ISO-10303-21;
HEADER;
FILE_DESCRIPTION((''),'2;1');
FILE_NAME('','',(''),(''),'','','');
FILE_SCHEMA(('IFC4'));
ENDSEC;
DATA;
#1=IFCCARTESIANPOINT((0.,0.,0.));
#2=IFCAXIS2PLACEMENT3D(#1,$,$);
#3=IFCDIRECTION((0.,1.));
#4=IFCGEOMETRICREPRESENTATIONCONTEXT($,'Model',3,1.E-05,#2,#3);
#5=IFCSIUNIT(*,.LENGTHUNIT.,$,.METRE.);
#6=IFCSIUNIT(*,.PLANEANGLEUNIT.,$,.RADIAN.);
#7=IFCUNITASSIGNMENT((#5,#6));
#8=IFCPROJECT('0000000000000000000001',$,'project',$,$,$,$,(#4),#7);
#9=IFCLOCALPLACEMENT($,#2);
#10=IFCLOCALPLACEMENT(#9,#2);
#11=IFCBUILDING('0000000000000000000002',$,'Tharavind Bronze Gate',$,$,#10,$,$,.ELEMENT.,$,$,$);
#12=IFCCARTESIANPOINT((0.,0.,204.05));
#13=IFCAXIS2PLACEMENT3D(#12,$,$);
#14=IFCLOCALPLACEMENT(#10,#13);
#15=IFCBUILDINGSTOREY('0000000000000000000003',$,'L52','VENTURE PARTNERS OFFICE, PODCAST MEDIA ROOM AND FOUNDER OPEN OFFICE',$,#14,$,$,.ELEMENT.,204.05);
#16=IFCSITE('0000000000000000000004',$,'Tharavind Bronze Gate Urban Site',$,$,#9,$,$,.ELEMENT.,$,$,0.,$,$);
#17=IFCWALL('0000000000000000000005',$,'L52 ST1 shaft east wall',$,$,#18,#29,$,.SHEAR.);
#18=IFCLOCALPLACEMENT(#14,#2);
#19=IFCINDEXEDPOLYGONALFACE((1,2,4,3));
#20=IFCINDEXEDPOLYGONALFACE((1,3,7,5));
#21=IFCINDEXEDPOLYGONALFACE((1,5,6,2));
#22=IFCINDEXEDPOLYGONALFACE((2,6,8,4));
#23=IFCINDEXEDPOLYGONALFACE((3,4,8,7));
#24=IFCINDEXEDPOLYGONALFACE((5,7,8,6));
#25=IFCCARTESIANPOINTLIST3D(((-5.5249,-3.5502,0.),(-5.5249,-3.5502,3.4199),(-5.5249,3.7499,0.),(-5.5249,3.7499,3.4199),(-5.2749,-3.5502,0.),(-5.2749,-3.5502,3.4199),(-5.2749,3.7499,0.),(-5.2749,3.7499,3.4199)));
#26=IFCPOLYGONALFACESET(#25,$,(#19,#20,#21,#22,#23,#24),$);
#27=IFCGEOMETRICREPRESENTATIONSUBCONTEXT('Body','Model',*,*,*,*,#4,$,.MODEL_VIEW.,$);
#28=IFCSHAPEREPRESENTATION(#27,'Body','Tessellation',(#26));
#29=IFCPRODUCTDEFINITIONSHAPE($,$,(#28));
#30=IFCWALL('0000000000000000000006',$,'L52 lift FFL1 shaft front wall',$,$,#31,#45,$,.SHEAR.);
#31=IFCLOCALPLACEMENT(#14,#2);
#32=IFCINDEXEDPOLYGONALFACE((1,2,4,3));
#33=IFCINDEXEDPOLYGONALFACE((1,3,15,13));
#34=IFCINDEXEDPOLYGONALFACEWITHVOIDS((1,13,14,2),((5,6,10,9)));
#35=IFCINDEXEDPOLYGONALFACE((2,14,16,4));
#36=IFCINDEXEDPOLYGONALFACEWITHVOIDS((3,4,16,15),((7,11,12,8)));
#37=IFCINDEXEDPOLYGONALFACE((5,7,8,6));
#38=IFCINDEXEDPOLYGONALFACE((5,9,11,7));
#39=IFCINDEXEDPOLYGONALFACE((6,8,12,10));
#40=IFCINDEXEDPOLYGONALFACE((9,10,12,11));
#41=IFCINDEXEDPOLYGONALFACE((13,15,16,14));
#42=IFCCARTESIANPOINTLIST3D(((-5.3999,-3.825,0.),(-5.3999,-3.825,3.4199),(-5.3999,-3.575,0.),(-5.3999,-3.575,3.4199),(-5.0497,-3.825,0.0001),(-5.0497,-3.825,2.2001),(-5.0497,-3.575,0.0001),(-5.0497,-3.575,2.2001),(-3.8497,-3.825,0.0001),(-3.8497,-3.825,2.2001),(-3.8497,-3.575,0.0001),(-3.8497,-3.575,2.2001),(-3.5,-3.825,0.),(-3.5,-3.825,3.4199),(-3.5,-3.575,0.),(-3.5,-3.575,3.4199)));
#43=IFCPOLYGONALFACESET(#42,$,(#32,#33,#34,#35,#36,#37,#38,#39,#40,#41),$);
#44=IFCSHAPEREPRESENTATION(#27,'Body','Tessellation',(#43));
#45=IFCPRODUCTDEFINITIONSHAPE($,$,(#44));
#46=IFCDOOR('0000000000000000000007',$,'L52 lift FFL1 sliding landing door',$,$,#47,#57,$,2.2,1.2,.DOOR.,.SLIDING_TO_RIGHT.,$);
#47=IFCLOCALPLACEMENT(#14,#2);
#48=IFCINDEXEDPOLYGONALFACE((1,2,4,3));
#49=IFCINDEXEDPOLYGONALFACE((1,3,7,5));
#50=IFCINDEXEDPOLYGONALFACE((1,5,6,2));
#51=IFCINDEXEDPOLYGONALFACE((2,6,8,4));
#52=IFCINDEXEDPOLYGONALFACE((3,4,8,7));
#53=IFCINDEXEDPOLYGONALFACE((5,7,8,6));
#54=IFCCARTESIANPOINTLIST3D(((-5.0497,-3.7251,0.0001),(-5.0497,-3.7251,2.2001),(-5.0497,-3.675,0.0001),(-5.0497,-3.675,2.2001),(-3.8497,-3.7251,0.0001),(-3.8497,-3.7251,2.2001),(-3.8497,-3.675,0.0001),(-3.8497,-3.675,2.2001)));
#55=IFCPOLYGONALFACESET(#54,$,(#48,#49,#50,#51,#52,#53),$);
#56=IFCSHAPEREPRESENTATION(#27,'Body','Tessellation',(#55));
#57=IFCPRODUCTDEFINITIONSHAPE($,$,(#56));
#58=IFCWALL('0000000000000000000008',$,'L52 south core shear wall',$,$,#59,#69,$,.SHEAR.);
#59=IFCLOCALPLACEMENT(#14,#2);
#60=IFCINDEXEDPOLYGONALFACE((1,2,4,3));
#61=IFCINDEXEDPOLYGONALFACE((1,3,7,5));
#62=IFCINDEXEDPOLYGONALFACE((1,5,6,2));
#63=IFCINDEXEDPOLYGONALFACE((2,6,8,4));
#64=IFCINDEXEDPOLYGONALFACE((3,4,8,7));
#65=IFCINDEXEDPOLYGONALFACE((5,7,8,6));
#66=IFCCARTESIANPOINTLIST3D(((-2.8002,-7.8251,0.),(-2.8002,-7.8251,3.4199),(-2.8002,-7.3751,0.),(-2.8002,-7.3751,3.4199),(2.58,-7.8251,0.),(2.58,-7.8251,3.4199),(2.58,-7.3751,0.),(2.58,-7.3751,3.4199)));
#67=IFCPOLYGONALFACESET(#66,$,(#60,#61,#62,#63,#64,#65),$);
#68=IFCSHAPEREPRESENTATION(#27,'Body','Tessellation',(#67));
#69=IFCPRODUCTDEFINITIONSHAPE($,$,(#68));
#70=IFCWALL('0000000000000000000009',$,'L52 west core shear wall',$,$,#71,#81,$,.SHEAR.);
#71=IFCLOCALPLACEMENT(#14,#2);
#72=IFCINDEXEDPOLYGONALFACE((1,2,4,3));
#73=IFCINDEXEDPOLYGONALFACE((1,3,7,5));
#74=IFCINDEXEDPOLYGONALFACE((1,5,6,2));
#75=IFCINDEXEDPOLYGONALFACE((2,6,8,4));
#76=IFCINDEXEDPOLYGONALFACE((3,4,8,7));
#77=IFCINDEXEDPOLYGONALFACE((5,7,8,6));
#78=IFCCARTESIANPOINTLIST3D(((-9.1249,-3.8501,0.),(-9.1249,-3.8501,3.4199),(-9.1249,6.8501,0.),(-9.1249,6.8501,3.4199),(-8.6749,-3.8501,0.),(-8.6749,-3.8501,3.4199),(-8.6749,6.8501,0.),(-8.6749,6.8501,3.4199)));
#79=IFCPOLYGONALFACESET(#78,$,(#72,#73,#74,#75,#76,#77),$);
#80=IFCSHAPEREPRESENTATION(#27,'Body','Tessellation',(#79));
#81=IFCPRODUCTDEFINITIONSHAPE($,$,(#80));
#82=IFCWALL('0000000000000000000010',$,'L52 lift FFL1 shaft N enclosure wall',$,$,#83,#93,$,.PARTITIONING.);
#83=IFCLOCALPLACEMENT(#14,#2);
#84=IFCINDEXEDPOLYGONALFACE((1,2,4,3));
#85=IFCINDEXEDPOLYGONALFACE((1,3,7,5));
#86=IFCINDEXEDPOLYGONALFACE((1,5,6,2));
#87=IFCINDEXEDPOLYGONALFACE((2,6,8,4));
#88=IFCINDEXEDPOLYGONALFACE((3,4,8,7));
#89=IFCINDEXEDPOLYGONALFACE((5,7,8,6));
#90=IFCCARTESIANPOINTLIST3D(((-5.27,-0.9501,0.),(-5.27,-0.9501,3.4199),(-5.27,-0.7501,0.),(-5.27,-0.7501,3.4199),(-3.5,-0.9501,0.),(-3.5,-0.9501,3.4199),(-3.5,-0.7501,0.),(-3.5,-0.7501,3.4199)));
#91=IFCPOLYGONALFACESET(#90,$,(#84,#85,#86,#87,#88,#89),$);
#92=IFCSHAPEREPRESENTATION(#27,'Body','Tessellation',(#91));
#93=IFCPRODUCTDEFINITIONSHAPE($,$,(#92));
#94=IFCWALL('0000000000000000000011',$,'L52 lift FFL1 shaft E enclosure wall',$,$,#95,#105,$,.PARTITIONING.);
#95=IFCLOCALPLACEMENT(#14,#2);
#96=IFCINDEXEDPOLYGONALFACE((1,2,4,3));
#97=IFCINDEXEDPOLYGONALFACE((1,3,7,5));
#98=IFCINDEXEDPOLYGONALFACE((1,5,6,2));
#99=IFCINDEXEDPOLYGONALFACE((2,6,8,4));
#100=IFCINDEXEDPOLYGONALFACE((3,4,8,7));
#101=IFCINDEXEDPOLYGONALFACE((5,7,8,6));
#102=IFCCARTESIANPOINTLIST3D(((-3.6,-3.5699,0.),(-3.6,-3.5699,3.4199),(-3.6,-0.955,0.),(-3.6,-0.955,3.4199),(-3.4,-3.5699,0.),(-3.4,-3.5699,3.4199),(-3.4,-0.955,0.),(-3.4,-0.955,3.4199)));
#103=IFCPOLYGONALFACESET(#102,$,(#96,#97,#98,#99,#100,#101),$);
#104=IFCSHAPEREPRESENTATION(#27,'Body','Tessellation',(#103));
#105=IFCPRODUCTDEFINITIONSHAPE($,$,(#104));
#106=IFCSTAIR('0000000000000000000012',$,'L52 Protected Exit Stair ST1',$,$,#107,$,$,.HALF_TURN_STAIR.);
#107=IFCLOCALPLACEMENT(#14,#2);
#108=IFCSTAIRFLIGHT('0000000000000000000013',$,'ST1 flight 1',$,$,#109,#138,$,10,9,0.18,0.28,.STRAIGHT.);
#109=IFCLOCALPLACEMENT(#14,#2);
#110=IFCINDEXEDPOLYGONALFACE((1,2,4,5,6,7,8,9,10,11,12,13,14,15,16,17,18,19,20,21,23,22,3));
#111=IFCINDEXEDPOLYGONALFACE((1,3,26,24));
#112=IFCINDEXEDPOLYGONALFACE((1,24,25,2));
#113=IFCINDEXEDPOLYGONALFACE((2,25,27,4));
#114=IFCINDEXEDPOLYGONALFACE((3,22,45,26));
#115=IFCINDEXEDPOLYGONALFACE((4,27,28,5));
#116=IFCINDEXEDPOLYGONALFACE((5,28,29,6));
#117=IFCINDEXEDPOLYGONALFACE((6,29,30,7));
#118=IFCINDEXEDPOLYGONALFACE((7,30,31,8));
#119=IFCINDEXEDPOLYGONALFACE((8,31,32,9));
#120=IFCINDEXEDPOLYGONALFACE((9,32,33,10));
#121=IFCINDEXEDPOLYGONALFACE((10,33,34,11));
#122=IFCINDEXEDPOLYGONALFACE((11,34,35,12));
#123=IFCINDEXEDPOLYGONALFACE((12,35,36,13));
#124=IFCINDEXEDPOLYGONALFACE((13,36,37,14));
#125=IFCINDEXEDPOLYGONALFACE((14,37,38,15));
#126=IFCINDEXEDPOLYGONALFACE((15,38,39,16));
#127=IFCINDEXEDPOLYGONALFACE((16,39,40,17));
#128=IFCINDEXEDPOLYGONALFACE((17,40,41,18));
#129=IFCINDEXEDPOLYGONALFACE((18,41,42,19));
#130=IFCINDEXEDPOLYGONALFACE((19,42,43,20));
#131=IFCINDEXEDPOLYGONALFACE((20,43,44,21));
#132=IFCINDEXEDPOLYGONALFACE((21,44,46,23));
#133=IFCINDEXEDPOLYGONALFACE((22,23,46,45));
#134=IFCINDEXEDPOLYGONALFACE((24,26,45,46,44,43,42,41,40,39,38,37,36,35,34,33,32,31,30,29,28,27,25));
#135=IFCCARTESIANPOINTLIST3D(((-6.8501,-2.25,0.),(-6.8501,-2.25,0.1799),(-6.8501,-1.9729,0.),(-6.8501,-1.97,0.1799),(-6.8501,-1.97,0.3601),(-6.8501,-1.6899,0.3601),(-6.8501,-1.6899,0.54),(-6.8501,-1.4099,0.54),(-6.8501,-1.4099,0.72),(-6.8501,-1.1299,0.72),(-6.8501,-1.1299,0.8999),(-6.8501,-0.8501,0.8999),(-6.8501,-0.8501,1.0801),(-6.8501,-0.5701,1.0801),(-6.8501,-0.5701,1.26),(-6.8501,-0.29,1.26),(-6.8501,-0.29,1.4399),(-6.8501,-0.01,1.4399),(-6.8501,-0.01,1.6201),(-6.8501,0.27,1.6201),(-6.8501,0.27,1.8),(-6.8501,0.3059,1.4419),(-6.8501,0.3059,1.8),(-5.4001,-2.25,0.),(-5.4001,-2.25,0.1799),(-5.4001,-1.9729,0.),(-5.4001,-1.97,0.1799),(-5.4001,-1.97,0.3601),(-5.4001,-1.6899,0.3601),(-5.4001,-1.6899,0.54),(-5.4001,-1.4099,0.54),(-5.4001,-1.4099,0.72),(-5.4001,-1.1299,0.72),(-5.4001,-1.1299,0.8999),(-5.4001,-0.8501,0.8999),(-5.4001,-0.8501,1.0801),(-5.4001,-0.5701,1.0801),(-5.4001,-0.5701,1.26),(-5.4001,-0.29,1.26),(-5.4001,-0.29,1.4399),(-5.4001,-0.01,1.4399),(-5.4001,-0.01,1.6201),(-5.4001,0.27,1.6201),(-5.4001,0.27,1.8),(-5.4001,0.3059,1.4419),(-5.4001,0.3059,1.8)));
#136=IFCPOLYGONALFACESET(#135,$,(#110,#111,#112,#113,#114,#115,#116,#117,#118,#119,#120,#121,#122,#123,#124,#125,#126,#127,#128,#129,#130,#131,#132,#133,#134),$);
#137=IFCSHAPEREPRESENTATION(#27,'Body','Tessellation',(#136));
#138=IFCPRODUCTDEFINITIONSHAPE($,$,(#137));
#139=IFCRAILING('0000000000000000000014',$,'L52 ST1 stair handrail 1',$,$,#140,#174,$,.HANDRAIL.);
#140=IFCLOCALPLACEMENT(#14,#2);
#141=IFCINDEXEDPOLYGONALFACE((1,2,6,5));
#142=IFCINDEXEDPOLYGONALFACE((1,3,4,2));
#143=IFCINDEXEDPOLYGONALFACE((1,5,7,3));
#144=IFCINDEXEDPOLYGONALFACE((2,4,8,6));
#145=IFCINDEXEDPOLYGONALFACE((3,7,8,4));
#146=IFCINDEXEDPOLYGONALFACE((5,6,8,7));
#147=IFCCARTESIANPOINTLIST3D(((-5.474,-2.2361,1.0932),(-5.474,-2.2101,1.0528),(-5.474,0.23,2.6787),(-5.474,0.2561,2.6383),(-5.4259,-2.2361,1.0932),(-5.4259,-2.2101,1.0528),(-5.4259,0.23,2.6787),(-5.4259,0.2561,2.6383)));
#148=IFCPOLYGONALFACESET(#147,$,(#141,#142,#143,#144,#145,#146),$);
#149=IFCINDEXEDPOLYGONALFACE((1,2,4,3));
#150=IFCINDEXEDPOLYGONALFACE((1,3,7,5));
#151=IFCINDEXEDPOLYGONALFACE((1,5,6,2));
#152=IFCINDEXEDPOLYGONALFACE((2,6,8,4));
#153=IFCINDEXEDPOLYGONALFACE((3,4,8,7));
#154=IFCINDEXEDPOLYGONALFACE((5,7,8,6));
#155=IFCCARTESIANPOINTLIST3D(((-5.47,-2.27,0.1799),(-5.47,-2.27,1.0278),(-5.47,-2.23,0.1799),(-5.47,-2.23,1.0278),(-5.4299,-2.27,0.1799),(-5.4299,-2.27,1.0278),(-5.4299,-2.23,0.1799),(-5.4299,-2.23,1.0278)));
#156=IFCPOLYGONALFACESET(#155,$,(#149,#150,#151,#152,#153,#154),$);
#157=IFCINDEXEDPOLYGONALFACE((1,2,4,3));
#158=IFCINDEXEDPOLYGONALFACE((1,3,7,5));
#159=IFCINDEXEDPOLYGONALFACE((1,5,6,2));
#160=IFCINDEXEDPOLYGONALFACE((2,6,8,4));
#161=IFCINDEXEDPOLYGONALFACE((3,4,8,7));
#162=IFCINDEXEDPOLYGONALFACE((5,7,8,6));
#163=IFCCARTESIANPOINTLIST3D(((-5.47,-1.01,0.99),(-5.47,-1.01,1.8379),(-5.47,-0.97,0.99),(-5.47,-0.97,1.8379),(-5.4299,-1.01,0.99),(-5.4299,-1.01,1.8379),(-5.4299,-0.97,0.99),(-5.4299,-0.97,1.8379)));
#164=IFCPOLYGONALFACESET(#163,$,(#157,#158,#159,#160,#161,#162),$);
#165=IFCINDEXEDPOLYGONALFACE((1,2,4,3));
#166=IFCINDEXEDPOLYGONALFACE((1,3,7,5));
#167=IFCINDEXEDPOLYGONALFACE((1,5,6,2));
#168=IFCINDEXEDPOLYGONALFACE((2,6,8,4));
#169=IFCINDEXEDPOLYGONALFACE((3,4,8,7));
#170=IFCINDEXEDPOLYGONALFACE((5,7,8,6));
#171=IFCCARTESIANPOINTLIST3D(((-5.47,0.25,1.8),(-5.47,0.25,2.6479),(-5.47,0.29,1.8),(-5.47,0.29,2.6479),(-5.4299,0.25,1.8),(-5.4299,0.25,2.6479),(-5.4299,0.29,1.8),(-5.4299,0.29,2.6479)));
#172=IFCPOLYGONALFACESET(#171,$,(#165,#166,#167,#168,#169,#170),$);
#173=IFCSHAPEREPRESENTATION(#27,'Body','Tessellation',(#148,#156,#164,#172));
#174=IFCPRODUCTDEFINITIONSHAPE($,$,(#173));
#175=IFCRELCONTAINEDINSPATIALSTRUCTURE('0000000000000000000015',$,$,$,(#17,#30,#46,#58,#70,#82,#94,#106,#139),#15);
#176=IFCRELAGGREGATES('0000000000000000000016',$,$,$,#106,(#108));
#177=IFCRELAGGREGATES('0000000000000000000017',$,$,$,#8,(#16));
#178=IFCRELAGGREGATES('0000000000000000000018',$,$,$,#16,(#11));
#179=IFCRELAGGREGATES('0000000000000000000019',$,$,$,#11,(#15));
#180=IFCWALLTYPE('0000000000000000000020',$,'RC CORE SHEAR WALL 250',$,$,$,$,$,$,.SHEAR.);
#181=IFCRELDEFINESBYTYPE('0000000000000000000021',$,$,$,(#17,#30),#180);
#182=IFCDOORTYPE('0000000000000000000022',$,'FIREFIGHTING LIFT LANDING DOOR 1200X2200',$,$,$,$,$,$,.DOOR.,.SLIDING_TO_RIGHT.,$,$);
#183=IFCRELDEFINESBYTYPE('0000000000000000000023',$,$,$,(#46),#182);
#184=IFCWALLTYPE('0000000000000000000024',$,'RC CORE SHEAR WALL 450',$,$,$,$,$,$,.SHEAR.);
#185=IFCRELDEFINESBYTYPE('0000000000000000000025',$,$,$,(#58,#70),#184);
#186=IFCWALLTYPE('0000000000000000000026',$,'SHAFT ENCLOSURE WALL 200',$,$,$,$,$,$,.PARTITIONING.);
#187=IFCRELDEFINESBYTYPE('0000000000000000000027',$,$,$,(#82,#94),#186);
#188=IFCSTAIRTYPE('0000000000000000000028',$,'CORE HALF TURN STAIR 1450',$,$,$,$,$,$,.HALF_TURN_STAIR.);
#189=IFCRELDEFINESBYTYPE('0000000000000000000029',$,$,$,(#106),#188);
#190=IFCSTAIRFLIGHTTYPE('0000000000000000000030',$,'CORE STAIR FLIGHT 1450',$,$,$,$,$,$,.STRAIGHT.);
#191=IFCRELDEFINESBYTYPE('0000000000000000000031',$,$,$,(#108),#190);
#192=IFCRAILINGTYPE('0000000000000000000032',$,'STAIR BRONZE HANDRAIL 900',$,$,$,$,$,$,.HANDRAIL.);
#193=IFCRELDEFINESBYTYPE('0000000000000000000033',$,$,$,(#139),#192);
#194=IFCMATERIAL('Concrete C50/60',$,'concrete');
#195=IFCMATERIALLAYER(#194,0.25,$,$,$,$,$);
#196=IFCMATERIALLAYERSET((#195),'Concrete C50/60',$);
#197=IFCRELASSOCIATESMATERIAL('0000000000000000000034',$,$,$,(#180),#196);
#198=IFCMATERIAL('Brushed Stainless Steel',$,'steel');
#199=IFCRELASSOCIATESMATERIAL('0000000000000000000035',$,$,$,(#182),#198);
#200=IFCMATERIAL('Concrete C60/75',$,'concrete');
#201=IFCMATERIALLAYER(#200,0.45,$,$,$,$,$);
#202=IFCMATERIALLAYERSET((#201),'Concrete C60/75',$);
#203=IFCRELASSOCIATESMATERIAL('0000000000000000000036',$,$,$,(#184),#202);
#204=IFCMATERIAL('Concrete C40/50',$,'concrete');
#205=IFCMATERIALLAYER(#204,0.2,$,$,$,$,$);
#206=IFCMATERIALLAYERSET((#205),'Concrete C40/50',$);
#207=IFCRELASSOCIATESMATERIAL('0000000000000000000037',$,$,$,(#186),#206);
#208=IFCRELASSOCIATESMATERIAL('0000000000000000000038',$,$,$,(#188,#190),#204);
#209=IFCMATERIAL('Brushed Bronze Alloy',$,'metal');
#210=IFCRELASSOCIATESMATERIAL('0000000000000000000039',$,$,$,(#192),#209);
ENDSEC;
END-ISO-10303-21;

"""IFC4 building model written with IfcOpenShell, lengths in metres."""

from ifc_helpers import new_model, si_unit, direction, frame, frame_2d, origin, origin_2d, place, context, subcontext, project, spatial, polyline, rectangle, outline, extrude, material, layer, layer_set, type_object, element, fill, aggregate, save


model = new_model("IFC4")

# Units and contexts
model_context = context("Model", 3, precision=1e-05, world=origin(), true_north=direction((0.0, 1.0)))
body_context = subcontext(model_context, "Body", "Model", "MODEL_VIEW")
ifc_project = project(units=[si_unit("LENGTHUNIT", "METRE"), si_unit("PLANEANGLEUNIT", "RADIAN")], contexts=[model_context])

# Site, building, storey
site_placement = place(None, origin())
site = spatial("IfcSite", under=ifc_project, at=site_placement, Name="Tharavind Bronze Gate Urban Site", CompositionType="ELEMENT", RefElevation=0.0)
building_placement = place(site_placement, origin())
building = spatial("IfcBuilding", under=site, at=building_placement, Name="Tharavind Bronze Gate", CompositionType="ELEMENT")
storey_placement = place(building_placement, frame((0.0, 0.0, 204.05)))
storey = spatial("IfcBuildingStorey", under=building, at=storey_placement, Name="L52", Description="VENTURE PARTNERS OFFICE, PODCAST MEDIA ROOM AND FOUNDER OPEN OFFICE", CompositionType="ELEMENT", Elevation=204.05)

# Shared definitions
ifc_material_1 = material(Name="Concrete C60/75", Category="concrete")

# Wall
ifc_material_2 = material(Name="Concrete C50/60", Category="concrete")
ifc_layer_1 = layer(ifc_material_2, 0.25)
ifc_layer_set_1 = layer_set([ifc_layer_1], Name="Concrete C50/60")
wall_type_1 = type_object("IfcWallType", Name="RC CORE SHEAR WALL 250", PredefinedType="SHEAR", material=ifc_layer_set_1)
wall_1_placement = place(storey_placement, frame((-5.3999, -3.55, 0.0), z_axis=(0.0, 0.0, 1.0), x_axis=(0.0, 1.0, 0.0)))
element("IfcWall", 1, at=wall_1_placement, inside=storey, type_object=wall_type_1, Name="L52 ST1 shaft east wall", PredefinedType="SHEAR", context=body_context, shape_type="SweptSolid", body=[
    extrude(rectangle(XDim=7.3, YDim=0.25, at=frame_2d((3.6499, 0.0))), origin(), (0.0, 0.0, 1.0), 3.4199),
])

# Wall, opening, door
wall_2_placement = place(storey_placement, frame((-5.3999, -3.7, 0.0), z_axis=(0.0, 0.0, 1.0), x_axis=(1.0, 0.0, 0.0)))
wall_2 = element("IfcWall", 2, at=wall_2_placement, inside=storey, type_object=wall_type_1, Name="L52 lift FFL1 shaft front wall", PredefinedType="SHEAR", context=body_context, shape_type="SweptSolid", body=[
    extrude(rectangle(XDim=1.8999, YDim=0.25, at=frame_2d((0.95, 0.0))), origin(), (0.0, 0.0, 1.0), 3.4199),
])
opening_1_placement = place(wall_2_placement, frame((0.3501, 0.0, 0.0)))
opening_1 = element("IfcOpeningElement", 3, at=opening_1_placement, cuts=wall_2, PredefinedType="OPENING", context=body_context, shape_type="SweptSolid", body=[
    extrude(rectangle(XDim=1.2, YDim=2.2, at=frame_2d((0.6001, 1.1001))), frame((0.0, 0.135, 0.0), z_axis=(0.0, -1.0, 0.0), x_axis=(1.0, 0.0, 0.0)), (0.0, 0.0, 1.0), 0.27),
])
ifc_material_3 = material(Name="Brushed Stainless Steel", Category="steel")
door_type_1 = type_object("IfcDoorType", Name="FIREFIGHTING LIFT LANDING DOOR 1200X2200", OperationType="SLIDING_TO_RIGHT", PredefinedType="DOOR", material=ifc_material_3)
door_1_placement = place(opening_1_placement, origin())
door_1 = element("IfcDoor", 4, at=door_1_placement, inside=storey, type_object=door_type_1, Name="L52 lift FFL1 sliding landing door", OperationType="SLIDING_TO_RIGHT", OverallHeight=2.2, OverallWidth=1.2, PredefinedType="DOOR", context=body_context, shape_type="SweptSolid", body=[
    extrude(rectangle(XDim=1.2, YDim=2.2, at=frame_2d((0.6001, 1.1001))), frame((0.0, 0.0249, 0.0), z_axis=(0.0, -1.0, 0.0), x_axis=(1.0, 0.0, 0.0)), (0.0, 0.0, 1.0), 0.05),
])
fill(opening_1, door_1)

# Walls
ifc_layer_2 = layer(ifc_material_1, 0.45)
ifc_layer_set_2 = layer_set([ifc_layer_2], Name="Concrete C60/75")
wall_type_2 = type_object("IfcWallType", Name="RC CORE SHEAR WALL 450", PredefinedType="SHEAR", material=ifc_layer_set_2)
wall_3_placement = place(storey_placement, frame((-2.8, -7.6001, 0.0), z_axis=(0.0, 0.0, 1.0), x_axis=(1.0, 0.0, 0.0)))
element("IfcWall", 5, at=wall_3_placement, inside=storey, type_object=wall_type_2, Name="L52 south core shear wall", PredefinedType="SHEAR", context=body_context, shape_type="SweptSolid", body=[
    extrude(rectangle(XDim=5.3801, YDim=0.45, at=frame_2d((2.6899, 0.0))), origin(), (0.0, 0.0, 1.0), 3.4199),
])
wall_4_placement = place(storey_placement, frame((-8.8999, -3.8501, 0.0), z_axis=(0.0, 0.0, 1.0), x_axis=(0.0, 1.0, 0.0)))
element("IfcWall", 6, at=wall_4_placement, inside=storey, type_object=wall_type_2, Name="L52 west core shear wall", PredefinedType="SHEAR", context=body_context, shape_type="SweptSolid", body=[
    extrude(rectangle(XDim=10.7002, YDim=0.45, at=frame_2d((5.3501, 0.0))), origin(), (0.0, 0.0, 1.0), 3.4199),
])
ifc_material_4 = material(Name="Concrete C40/50", Category="concrete")
ifc_layer_3 = layer(ifc_material_4, 0.2)
ifc_layer_set_3 = layer_set([ifc_layer_3], Name="Concrete C40/50")
wall_type_3 = type_object("IfcWallType", Name="SHAFT ENCLOSURE WALL 200", PredefinedType="PARTITIONING", material=ifc_layer_set_3)
wall_5_placement = place(storey_placement, frame((-5.27, -0.8501, 0.0), z_axis=(0.0, 0.0, 1.0), x_axis=(1.0, 0.0, 0.0)))
element("IfcWall", 7, at=wall_5_placement, inside=storey, type_object=wall_type_3, Name="L52 lift FFL1 shaft N enclosure wall", PredefinedType="PARTITIONING", context=body_context, shape_type="SweptSolid", body=[
    extrude(rectangle(XDim=1.77, YDim=0.2, at=frame_2d((0.885, 0.0))), origin(), (0.0, 0.0, 1.0), 3.4199),
])
wall_6_placement = place(storey_placement, frame((-3.5, -3.5701, 0.0), z_axis=(0.0, 0.0, 1.0), x_axis=(0.0, 1.0, 0.0)))
element("IfcWall", 8, at=wall_6_placement, inside=storey, type_object=wall_type_3, Name="L52 lift FFL1 shaft E enclosure wall", PredefinedType="PARTITIONING", context=body_context, shape_type="SweptSolid", body=[
    extrude(rectangle(XDim=2.615, YDim=0.2, at=frame_2d((1.3076, 0.0))), origin(), (0.0, 0.0, 1.0), 3.4199),
])

# Stair, stair flight
stair_type = type_object("IfcStairType", Name="CORE HALF TURN STAIR 1450", PredefinedType="HALF_TURN_STAIR", material=ifc_material_4)
stair_placement = place(storey_placement, origin())
stair = element("IfcStair", 9, at=stair_placement, inside=storey, type_object=stair_type, Name="L52 Protected Exit Stair ST1", PredefinedType="HALF_TURN_STAIR")
stair_flight_type = type_object("IfcStairFlightType", Name="CORE STAIR FLIGHT 1450", PredefinedType="STRAIGHT", material=ifc_material_4)
stair_flight_placement = place(storey_placement, frame((-6.125, -2.25, 0.0), z_axis=(0.0, 0.0, 1.0), x_axis=(0.0, 1.0, 0.0)))
stair_flight = element("IfcStairFlight", 10, at=stair_flight_placement, type_object=stair_flight_type, Name="ST1 flight 1", NumberOfRisers=10, NumberOfTreads=9, PredefinedType="STRAIGHT", RiserHeight=0.18, TreadLength=0.28, context=body_context, shape_type="SweptSolid", body=[
    extrude(outline(polyline([(0.0, 0.0), (0.0, 0.1799), (0.28, 0.1799), (0.28, 0.3601), (0.5601, 0.3601), (0.5601, 0.54), (0.8401, 0.54), (0.8401, 0.72), (1.1201, 0.72), (1.1201, 0.8999), (1.3999, 0.8999), (1.3999, 1.0801), (1.6799, 1.0801), (1.6799, 1.26), (1.96, 1.26), (1.96, 1.4399), (2.24, 1.4399), (2.24, 1.6201), (2.52, 1.6201), (2.52, 1.8), (2.5559, 1.8), (2.5559, 1.4419), (0.2771, 0.0), (0.0, 0.0)])), frame((0.0, 0.7251, 0.0), z_axis=(0.0, -1.0, 0.0), x_axis=(1.0, 0.0, 0.0)), (0.0, 0.0, 1.0), 1.45),
])
aggregate(stair, [stair_flight])

# Railing
ifc_material_5 = material(Name="Brushed Bronze Alloy", Category="metal")
railing_type_1 = type_object("IfcRailingType", Name="STAIR BRONZE HANDRAIL 900", PredefinedType="HANDRAIL", material=ifc_material_5)
railing_1_placement = place(storey_placement, frame((-5.45, -2.25, 0.1799)))
element("IfcRailing", 11, at=railing_1_placement, inside=storey, type_object=railing_type_1, Name="L52 ST1 stair handrail 1", PredefinedType="HANDRAIL", context=body_context, shape_type="SweptSolid", body=[
    extrude(rectangle(XDim=0.0481, YDim=0.0481, at=origin_2d()), frame((0.0, 0.0269, 0.8931), z_axis=(0.0, 0.841163, 0.540782), x_axis=(-1.0, 0.0, 0.0)), (0.0, 0.0, 1.0), 2.9319),
    extrude(rectangle(XDim=0.04, YDim=0.04, at=origin_2d()), origin(), (0.0, 0.0, 1.0), 0.8479),
    extrude(rectangle(XDim=0.04, YDim=0.04, at=origin_2d()), frame((0.0, 1.26, 0.8101)), (0.0, 0.0, 1.0), 0.8479),
    extrude(rectangle(XDim=0.04, YDim=0.04, at=origin_2d()), frame((0.0, 2.52, 1.6201)), (0.0, 0.0, 1.0), 0.8479),
])

save(model, "model.ifc")
